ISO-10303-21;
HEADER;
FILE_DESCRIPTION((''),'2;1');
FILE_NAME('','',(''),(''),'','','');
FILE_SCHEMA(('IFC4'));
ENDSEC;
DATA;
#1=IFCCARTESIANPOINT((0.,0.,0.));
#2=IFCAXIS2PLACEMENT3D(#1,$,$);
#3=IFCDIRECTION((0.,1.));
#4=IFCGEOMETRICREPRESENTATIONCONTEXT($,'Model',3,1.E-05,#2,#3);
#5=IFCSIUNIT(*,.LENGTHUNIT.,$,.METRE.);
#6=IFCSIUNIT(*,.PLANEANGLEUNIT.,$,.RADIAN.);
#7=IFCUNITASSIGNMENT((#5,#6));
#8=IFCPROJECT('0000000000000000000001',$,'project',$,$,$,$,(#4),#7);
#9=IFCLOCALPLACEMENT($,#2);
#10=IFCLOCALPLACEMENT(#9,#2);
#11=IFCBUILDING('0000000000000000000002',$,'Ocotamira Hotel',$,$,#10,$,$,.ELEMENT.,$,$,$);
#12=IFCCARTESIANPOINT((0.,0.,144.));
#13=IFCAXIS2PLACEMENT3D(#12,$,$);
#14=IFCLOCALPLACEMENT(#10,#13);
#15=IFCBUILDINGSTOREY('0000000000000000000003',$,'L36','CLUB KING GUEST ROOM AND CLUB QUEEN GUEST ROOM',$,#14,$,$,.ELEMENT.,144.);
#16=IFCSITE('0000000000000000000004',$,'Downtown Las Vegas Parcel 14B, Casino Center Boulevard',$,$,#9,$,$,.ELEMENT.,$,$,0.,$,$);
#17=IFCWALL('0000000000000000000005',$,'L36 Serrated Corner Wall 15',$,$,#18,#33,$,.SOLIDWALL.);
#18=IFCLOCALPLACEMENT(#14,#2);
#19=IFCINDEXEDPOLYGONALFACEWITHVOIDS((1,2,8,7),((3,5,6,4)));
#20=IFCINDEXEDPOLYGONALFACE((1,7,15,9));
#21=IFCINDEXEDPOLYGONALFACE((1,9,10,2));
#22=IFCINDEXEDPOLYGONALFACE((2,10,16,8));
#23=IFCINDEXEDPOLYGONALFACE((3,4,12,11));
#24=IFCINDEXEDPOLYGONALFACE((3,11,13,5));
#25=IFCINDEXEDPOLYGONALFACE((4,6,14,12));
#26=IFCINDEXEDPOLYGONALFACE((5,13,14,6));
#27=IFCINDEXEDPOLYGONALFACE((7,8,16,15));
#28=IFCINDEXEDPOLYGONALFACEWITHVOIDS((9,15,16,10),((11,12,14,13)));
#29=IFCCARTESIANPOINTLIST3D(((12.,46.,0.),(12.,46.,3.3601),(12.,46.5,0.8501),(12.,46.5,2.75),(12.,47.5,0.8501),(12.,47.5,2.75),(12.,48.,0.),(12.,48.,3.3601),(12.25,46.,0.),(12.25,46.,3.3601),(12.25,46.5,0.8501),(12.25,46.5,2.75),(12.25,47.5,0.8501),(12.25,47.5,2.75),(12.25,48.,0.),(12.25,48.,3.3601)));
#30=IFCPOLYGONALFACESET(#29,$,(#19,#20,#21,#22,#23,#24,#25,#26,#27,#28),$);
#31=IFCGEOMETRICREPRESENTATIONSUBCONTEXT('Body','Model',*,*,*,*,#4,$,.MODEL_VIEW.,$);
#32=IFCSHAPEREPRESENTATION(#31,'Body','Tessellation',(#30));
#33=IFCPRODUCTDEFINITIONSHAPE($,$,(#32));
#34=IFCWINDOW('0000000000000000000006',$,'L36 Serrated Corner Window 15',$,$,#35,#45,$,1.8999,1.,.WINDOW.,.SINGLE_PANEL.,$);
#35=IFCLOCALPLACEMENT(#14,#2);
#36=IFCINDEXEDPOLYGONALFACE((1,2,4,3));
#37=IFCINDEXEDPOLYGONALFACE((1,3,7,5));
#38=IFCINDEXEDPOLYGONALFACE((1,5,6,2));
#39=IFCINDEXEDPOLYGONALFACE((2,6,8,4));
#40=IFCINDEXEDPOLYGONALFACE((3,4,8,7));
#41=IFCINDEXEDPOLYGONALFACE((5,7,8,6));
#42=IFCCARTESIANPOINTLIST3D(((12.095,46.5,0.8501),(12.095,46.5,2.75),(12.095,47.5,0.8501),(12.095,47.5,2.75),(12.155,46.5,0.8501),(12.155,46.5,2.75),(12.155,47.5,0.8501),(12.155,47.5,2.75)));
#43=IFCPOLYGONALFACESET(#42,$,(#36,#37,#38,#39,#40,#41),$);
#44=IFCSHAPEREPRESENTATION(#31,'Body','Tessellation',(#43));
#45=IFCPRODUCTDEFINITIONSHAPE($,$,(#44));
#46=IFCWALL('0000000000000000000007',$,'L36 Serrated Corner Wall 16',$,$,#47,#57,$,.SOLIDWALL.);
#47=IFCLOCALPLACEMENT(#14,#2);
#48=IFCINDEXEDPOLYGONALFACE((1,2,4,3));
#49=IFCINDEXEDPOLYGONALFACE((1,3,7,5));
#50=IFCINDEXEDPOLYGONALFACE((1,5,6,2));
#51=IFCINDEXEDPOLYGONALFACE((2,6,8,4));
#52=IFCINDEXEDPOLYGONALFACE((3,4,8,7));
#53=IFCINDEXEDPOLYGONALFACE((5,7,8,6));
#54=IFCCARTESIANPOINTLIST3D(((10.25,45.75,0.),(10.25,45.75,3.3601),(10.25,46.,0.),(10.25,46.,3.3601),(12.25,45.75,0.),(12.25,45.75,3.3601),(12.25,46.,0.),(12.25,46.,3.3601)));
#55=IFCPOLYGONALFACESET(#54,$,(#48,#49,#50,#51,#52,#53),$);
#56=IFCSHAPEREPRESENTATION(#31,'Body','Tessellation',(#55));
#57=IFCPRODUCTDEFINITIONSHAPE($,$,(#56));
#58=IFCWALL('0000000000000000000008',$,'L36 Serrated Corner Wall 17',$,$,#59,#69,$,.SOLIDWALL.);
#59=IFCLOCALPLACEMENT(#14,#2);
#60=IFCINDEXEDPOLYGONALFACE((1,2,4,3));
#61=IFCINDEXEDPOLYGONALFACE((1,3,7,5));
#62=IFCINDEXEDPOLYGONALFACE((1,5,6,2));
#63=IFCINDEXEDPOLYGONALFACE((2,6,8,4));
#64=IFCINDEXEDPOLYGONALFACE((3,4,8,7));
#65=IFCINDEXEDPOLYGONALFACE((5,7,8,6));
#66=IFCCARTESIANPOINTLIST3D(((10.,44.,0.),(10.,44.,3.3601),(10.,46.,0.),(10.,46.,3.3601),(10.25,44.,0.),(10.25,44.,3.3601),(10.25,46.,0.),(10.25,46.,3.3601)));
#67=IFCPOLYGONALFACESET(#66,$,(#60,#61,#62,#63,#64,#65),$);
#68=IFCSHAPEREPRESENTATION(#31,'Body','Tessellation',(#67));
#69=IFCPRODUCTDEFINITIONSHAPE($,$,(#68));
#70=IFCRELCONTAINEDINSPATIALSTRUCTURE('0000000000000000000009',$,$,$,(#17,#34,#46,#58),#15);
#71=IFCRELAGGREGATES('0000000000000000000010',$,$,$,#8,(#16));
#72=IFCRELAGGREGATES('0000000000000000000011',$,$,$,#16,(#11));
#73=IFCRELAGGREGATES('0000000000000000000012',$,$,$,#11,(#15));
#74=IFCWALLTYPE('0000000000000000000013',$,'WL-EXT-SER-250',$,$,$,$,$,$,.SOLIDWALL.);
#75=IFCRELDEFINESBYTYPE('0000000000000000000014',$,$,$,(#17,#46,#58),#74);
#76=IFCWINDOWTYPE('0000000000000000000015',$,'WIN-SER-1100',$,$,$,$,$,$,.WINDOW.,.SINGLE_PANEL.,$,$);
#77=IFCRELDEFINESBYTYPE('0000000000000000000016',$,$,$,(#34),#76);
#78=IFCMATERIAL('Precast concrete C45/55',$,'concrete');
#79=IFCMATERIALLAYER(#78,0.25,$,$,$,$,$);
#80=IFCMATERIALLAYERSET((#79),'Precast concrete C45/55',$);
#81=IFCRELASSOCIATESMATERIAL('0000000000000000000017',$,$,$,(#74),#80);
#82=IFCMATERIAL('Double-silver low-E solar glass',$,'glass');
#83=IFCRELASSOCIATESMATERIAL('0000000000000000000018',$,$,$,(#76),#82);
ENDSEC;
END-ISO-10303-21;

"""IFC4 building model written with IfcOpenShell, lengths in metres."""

from ifc_helpers import new_model, si_unit, direction, frame, frame_2d, origin, place, context, subcontext, project, spatial, rectangle, extrude, source, transform, mapped, material, layer, layer_set, type_object, element, fill, save


model = new_model("IFC4")

# Units and contexts
model_context = context("Model", 3, precision=1e-05, world=origin(), true_north=direction((0.0, 1.0)))
body_context = subcontext(model_context, "Body", "Model", "MODEL_VIEW")
ifc_project = project(units=[si_unit("LENGTHUNIT", "METRE"), si_unit("PLANEANGLEUNIT", "RADIAN")], contexts=[model_context])

# Site, building, storey
site_placement = place(None, origin())
site = spatial("IfcSite", under=ifc_project, at=site_placement, Name="Downtown Las Vegas Parcel 14B, Casino Center Boulevard", CompositionType="ELEMENT", RefElevation=0.0)
building_placement = place(site_placement, origin())
building = spatial("IfcBuilding", under=site, at=building_placement, Name="Ocotamira Hotel", CompositionType="ELEMENT")
storey_placement = place(building_placement, frame((0.0, 0.0, 144.0)))
storey = spatial("IfcBuildingStorey", under=building, at=storey_placement, Name="L36", Description="CLUB KING GUEST ROOM AND CLUB QUEEN GUEST ROOM", CompositionType="ELEMENT", Elevation=144.0)

# Shared definitions
ifc_material_1 = material(Name="Precast concrete C45/55", Category="concrete")
ifc_layer_1 = layer(ifc_material_1, 0.25)
ifc_layer_set_1 = layer_set([ifc_layer_1], Name="Precast concrete C45/55")
wall_type = type_object("IfcWallType", Name="WL-EXT-SER-250", PredefinedType="SOLIDWALL", material=ifc_layer_set_1)

# Wall, opening, window
wall_1_placement = place(storey_placement, frame((12.125, 48.0, 0.0), z_axis=(0.0, 0.0, 1.0), x_axis=(0.0, -1.0, 0.0)))
wall_1 = element("IfcWall", 1, at=wall_1_placement, inside=storey, type_object=wall_type, Name="L36 Serrated Corner Wall 15", PredefinedType="SOLIDWALL", context=body_context, shape_type="SweptSolid", body=[
    extrude(rectangle(XDim=2.0, YDim=0.25, at=frame_2d((1.0, 0.0))), origin(), (0.0, 0.0, 1.0), 3.3601),
])
opening_placement = place(wall_1_placement, frame((0.5, 0.0, 0.8501)))
opening = element("IfcOpeningElement", 2, at=opening_placement, cuts=wall_1, PredefinedType="OPENING", context=body_context, shape_type="SweptSolid", body=[
    extrude(rectangle(XDim=1.0, YDim=1.8999, at=frame_2d((0.5, 0.95))), frame((0.0, 0.135, 0.0), z_axis=(0.0, -1.0, 0.0), x_axis=(1.0, 0.0, 0.0)), (0.0, 0.0, 1.0), 0.27),
])
ifc_material_2 = material(Name="Double-silver low-E solar glass", Category="glass")
window_type = type_object("IfcWindowType", Name="WIN-SER-1100", PartitioningType="SINGLE_PANEL", PredefinedType="WINDOW", material=ifc_material_2)
shared_shape_1 = source(origin(), body_context, "Body", "SweptSolid", [
    extrude(rectangle(XDim=1.0, YDim=1.8999, at=frame_2d((0.5, 0.95))), frame((0.0, 0.03, 0.0), z_axis=(0.0, -1.0, 0.0), x_axis=(1.0, 0.0, 0.0)), (0.0, 0.0, 1.0), 0.0601),
])
window_placement = place(opening_placement, origin())
window = element("IfcWindow", 3, at=window_placement, inside=storey, type_object=window_type, Name="L36 Serrated Corner Window 15", OverallHeight=1.8999, OverallWidth=1.0, PartitioningType="SINGLE_PANEL", PredefinedType="WINDOW", context=body_context, shape_type="MappedRepresentation", body=[
    mapped(shared_shape_1, transform((0.0, 0.0, 0.0), scale=1.0)),
])
fill(opening, window)

# Walls
for number, where, z_axis, x_axis, name in (
    (4, (12.25, 45.875, 0.0), (0.0, 0.0, 1.0), (-1.0, 0.0, 0.0), "L36 Serrated Corner Wall 16"),
    (5, (10.125, 46.0, 0.0), (0.0, 0.0, 1.0), (0.0, -1.0, 0.0), "L36 Serrated Corner Wall 17"),
):
    element("IfcWall", number, at=place(storey_placement, frame(where, z_axis=z_axis, x_axis=x_axis)), inside=storey, type_object=wall_type, Name=name, PredefinedType="SOLIDWALL", context=body_context, shape_type="SweptSolid", body=[
        extrude(rectangle(XDim=2.0, YDim=0.25, at=frame_2d((1.0, 0.0))), origin(), (0.0, 0.0, 1.0), 3.3601),
    ])

save(model, "model.ifc")
